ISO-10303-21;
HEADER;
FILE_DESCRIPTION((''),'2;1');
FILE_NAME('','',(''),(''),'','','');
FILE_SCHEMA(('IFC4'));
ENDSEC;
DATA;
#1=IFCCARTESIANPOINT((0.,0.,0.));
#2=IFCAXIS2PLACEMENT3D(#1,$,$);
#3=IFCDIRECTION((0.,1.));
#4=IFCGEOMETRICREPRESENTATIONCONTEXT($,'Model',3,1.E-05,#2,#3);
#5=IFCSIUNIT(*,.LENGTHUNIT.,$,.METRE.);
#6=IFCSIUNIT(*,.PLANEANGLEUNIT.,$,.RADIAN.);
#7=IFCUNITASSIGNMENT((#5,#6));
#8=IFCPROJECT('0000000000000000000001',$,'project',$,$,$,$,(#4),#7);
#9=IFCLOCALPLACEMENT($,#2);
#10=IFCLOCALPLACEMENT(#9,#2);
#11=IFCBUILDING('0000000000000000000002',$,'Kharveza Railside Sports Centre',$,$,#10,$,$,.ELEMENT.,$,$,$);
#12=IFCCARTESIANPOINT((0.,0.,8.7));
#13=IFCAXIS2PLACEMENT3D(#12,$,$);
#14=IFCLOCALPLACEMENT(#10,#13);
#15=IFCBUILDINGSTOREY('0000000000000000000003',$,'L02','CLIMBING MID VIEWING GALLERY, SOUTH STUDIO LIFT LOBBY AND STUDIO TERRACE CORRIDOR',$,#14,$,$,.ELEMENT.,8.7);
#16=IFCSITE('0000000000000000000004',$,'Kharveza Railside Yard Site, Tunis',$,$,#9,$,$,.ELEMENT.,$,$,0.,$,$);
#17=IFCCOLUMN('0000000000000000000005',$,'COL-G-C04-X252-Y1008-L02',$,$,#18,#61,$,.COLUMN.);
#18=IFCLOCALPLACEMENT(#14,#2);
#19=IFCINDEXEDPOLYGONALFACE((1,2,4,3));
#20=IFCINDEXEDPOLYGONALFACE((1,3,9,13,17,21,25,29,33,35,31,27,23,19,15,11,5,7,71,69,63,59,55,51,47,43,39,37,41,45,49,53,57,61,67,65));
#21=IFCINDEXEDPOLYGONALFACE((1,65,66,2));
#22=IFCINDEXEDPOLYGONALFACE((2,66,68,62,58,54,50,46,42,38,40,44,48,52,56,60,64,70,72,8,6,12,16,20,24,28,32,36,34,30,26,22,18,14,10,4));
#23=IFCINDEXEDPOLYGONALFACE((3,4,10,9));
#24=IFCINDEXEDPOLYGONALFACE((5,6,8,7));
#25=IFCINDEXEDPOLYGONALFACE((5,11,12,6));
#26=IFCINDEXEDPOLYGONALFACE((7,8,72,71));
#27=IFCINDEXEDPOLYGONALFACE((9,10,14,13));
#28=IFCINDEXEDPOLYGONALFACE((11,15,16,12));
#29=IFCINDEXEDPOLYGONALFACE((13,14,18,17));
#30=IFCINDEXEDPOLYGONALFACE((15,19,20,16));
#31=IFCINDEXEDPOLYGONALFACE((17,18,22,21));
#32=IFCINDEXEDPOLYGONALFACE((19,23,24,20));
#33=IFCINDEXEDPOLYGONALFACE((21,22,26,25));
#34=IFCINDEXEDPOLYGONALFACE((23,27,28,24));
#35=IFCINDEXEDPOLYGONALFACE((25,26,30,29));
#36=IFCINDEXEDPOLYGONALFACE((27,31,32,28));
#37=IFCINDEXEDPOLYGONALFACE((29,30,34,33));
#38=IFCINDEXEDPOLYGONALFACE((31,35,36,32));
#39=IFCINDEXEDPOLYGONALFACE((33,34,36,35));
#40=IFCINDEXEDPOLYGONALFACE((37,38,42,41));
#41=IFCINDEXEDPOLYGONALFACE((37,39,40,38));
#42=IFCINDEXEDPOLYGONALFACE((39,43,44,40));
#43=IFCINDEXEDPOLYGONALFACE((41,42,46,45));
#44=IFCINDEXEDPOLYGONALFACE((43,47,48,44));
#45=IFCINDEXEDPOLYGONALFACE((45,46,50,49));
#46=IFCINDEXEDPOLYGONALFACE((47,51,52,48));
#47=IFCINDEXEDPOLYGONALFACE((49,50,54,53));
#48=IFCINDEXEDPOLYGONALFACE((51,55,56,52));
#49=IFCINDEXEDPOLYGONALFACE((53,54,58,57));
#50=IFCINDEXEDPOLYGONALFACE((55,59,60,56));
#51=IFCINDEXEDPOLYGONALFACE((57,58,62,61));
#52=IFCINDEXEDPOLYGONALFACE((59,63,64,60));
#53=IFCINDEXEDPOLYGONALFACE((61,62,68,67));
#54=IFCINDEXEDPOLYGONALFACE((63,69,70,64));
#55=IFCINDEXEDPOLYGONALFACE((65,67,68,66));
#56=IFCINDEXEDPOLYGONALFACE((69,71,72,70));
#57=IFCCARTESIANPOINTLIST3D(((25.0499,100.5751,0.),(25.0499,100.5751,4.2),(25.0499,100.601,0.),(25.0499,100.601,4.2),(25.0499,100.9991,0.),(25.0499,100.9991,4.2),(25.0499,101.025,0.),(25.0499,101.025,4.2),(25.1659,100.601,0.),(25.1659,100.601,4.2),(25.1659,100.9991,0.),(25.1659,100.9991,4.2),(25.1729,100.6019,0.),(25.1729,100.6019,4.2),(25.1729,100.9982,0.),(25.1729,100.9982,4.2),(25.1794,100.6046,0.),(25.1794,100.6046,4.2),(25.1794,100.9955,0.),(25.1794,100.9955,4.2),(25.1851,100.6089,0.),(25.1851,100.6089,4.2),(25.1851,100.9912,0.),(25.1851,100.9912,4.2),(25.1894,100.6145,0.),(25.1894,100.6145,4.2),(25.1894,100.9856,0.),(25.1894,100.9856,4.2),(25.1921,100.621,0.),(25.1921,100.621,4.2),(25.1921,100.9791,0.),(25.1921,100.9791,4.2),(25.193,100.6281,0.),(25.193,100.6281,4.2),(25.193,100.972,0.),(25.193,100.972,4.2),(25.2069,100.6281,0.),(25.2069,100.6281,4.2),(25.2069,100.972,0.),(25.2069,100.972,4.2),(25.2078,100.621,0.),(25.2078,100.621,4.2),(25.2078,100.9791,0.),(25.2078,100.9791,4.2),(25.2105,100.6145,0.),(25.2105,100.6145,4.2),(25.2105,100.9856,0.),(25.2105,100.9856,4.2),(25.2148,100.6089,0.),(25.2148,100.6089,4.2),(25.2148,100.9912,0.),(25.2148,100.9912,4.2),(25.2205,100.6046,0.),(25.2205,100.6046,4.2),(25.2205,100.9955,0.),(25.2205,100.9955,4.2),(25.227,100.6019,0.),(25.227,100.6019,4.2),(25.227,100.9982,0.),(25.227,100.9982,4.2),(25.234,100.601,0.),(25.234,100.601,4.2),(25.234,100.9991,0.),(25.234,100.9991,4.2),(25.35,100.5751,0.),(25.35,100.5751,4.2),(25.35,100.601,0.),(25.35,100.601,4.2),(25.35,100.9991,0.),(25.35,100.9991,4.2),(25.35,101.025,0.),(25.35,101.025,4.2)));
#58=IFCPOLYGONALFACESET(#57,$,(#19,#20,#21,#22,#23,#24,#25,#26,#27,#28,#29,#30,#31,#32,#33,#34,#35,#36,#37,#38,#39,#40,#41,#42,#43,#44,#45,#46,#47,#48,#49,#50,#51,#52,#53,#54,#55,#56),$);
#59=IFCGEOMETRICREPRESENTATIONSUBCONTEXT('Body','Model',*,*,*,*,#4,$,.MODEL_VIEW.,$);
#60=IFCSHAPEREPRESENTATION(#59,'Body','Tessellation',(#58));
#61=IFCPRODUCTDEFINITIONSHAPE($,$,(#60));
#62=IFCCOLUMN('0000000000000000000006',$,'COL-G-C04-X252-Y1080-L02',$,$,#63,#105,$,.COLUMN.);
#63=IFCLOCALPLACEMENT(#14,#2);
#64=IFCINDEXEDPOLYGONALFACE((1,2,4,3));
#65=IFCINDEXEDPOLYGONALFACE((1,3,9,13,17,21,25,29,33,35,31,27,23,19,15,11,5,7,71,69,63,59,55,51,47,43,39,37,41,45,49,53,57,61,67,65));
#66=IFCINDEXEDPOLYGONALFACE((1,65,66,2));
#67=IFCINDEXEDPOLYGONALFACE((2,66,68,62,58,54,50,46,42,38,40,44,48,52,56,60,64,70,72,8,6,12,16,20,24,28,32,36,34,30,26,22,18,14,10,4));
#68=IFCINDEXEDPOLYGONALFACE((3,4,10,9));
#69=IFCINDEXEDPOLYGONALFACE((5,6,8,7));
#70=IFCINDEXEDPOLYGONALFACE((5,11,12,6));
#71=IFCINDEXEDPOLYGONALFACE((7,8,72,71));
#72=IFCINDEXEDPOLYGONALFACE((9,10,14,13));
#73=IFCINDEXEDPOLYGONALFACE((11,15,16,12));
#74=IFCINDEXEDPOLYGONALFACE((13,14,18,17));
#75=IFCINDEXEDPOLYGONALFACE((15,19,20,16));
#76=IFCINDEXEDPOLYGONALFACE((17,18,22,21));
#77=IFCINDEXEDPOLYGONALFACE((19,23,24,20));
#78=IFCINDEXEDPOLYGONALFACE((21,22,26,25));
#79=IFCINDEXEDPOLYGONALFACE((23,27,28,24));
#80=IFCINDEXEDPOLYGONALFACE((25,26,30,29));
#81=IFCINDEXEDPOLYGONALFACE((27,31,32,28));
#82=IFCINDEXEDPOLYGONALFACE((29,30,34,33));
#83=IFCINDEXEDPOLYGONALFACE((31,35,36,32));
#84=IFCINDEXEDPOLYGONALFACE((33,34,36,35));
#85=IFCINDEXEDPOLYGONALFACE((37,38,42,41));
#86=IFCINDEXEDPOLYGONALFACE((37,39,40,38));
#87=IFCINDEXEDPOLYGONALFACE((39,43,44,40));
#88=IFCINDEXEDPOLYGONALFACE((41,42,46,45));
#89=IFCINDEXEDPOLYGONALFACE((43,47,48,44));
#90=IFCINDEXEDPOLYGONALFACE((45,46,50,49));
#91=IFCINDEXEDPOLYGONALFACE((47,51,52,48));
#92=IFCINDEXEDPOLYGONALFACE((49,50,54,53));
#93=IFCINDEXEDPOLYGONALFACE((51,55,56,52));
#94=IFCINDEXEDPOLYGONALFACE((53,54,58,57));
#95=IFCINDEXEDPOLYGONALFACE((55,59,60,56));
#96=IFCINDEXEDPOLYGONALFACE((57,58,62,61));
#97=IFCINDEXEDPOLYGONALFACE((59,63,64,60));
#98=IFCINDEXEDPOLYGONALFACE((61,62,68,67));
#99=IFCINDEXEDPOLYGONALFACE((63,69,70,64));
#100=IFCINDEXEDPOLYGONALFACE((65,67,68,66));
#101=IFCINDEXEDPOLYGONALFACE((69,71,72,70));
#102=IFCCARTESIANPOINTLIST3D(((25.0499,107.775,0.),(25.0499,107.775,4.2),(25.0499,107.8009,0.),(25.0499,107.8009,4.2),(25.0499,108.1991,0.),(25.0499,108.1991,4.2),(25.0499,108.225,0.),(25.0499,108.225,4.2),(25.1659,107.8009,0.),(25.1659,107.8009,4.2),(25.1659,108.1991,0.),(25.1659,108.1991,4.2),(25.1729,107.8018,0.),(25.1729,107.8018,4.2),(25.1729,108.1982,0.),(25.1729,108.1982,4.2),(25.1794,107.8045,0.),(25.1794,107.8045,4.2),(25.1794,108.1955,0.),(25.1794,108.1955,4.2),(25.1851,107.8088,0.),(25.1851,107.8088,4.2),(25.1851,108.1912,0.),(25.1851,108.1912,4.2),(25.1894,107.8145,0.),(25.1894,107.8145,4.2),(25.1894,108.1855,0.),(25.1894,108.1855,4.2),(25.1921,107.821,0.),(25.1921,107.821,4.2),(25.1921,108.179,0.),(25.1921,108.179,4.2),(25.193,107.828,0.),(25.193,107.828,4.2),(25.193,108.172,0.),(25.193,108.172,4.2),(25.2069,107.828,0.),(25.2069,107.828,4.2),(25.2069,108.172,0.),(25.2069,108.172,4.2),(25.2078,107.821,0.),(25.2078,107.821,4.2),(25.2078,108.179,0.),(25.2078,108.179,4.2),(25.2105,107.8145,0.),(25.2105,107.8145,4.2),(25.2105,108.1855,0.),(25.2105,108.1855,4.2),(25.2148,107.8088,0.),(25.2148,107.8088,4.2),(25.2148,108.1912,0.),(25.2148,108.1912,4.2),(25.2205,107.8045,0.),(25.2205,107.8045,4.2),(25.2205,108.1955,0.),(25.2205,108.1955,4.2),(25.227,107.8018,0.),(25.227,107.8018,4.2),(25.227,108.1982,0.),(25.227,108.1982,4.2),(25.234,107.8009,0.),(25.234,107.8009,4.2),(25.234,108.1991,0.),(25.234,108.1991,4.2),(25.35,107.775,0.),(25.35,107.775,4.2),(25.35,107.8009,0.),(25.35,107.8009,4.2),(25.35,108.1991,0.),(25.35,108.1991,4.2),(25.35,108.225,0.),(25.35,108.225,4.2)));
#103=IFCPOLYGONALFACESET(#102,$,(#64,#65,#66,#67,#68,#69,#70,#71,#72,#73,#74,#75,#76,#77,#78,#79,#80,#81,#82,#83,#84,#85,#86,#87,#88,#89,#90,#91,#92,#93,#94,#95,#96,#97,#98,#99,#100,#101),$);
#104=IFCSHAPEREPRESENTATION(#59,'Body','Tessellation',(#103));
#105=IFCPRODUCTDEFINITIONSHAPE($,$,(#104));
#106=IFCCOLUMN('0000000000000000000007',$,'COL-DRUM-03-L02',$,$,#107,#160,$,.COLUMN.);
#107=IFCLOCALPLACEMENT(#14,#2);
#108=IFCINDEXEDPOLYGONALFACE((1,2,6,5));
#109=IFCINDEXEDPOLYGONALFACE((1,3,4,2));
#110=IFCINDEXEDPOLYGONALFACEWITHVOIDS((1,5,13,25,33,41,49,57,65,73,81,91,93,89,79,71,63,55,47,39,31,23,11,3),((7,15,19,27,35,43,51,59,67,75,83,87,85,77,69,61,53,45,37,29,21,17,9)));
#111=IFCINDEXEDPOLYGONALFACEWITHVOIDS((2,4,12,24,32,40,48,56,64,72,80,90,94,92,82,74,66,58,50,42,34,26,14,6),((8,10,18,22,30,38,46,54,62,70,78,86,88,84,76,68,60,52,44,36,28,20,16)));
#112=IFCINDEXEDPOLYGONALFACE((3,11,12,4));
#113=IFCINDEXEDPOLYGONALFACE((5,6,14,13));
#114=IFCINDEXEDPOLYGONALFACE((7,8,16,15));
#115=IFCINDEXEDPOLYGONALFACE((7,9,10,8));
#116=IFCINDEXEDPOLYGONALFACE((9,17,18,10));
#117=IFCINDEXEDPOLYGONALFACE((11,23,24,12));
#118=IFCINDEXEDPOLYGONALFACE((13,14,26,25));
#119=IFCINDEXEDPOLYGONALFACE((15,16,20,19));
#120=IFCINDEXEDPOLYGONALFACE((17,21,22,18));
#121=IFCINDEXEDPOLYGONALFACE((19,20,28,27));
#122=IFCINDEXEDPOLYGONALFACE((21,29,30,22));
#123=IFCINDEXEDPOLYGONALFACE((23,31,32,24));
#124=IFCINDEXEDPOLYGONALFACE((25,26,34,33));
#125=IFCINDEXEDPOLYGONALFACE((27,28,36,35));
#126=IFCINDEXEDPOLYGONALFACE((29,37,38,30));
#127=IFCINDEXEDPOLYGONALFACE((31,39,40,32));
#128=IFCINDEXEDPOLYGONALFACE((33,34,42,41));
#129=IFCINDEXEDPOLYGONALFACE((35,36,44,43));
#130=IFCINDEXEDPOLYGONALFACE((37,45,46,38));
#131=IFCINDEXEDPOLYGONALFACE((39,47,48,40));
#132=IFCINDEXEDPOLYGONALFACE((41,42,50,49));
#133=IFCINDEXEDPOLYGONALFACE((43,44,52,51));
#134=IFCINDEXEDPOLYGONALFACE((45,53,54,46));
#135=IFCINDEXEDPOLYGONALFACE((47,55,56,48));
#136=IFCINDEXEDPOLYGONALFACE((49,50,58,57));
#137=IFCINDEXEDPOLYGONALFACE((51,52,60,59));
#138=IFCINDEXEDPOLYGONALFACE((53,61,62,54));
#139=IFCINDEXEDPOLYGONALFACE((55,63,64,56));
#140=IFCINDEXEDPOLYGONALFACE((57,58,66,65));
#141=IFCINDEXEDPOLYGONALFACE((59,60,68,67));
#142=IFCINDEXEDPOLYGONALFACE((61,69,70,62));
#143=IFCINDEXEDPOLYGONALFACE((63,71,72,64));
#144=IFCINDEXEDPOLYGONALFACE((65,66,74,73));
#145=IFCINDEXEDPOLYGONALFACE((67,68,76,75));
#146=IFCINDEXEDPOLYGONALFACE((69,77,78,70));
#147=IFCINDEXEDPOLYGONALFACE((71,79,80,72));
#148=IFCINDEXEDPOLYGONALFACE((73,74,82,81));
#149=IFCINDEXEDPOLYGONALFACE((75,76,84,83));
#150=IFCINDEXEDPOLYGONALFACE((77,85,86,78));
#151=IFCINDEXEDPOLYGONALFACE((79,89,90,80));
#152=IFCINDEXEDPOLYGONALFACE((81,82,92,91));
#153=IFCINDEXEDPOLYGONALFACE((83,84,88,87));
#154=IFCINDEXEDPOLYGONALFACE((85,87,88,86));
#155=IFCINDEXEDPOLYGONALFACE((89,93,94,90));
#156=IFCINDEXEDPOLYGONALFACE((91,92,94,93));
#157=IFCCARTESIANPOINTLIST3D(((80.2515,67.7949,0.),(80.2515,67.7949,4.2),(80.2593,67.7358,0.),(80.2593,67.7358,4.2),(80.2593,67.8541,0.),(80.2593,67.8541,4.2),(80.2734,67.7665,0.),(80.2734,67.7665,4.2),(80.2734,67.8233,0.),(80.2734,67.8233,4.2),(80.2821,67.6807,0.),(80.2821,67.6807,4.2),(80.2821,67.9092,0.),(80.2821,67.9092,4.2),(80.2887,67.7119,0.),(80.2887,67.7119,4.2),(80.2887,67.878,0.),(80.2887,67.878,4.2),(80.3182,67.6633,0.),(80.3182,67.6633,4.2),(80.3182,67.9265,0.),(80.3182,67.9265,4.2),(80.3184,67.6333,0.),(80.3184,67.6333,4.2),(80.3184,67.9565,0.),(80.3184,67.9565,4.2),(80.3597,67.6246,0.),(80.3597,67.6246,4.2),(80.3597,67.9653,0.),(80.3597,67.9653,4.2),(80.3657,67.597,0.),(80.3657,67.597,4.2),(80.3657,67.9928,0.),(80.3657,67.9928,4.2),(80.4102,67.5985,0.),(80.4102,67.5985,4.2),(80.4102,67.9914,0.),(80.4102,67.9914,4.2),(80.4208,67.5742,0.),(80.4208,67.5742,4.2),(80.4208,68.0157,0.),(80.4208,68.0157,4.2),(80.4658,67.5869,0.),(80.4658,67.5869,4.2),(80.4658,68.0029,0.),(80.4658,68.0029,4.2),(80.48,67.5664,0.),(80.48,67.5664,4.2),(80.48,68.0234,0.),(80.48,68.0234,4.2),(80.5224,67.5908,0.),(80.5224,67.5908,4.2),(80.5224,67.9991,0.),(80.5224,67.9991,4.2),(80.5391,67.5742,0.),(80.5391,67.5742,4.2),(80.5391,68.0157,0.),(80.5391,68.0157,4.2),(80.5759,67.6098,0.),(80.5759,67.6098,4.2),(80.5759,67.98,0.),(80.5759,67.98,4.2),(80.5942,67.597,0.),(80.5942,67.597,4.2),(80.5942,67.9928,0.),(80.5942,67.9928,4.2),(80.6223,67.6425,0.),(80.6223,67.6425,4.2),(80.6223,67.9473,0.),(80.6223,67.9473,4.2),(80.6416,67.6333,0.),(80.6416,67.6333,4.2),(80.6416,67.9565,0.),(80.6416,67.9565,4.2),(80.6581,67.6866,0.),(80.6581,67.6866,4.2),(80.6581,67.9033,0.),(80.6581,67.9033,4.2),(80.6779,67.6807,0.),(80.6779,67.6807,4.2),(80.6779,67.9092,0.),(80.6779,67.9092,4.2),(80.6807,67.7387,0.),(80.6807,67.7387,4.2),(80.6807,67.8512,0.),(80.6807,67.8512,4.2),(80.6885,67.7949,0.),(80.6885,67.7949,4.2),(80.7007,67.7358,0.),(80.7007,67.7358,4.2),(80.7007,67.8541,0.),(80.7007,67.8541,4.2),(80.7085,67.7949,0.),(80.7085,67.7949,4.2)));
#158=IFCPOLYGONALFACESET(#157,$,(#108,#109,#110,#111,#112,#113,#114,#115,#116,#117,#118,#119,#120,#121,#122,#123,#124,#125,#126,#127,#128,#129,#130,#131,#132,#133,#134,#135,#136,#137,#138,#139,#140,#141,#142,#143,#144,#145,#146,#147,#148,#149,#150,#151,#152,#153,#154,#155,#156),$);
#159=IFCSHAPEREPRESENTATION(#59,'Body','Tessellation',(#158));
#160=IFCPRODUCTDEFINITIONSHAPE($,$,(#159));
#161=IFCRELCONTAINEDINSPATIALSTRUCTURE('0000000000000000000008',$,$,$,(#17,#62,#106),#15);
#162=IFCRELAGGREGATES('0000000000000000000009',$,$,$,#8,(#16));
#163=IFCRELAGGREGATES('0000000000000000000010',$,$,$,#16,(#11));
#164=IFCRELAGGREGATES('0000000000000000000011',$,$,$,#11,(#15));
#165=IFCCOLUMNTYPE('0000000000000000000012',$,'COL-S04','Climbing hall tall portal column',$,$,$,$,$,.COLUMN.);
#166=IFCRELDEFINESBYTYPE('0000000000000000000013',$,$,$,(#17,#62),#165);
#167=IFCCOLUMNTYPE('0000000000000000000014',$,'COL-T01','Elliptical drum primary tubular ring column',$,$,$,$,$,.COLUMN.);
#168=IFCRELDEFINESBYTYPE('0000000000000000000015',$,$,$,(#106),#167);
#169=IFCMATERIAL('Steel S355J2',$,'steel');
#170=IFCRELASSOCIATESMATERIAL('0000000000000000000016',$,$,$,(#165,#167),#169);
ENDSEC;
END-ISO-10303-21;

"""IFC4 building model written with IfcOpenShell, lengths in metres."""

from ifc_helpers import new_model, si_unit, direction, frame, origin, origin_2d, place, context, subcontext, project, spatial, hollow_circle, i_section, extrude, material, material_profile, profile_set, type_object, element, save


model = new_model("IFC4")

# Units and contexts
model_context = context("Model", 3, precision=1e-05, world=origin(), true_north=direction((0.0, 1.0)))
body_context = subcontext(model_context, "Body", "Model", "MODEL_VIEW")
ifc_project = project(units=[si_unit("LENGTHUNIT", "METRE"), si_unit("PLANEANGLEUNIT", "RADIAN")], contexts=[model_context])

# Site, building, storey
site_placement = place(None, origin())
site = spatial("IfcSite", under=ifc_project, at=site_placement, Name="Kharveza Railside Yard Site, Tunis", CompositionType="ELEMENT", RefElevation=0.0)
building_placement = place(site_placement, origin())
building = spatial("IfcBuilding", under=site, at=building_placement, Name="Kharveza Railside Sports Centre", CompositionType="ELEMENT")
storey_placement = place(building_placement, frame((0.0, 0.0, 8.7)))
storey = spatial("IfcBuildingStorey", under=building, at=storey_placement, Name="L02", Description="CLIMBING MID VIEWING GALLERY, SOUTH STUDIO LIFT LOBBY AND STUDIO TERRACE CORRIDOR", CompositionType="ELEMENT", Elevation=8.7)

# Columns
ifc_material_1 = material(Name="Steel S355J2", Category="steel")
ifc_material_profile_1 = material_profile(ifc_material_1, i_section(OverallWidth=0.3, OverallDepth=0.45, WebThickness=0.0139, FlangeThickness=0.0259, FilletRadius=0.0271, at=origin_2d()), Name="HEB 450")
ifc_profile_set_1 = profile_set([ifc_material_profile_1], Name="Steel S355J2")
column_type_1 = type_object("IfcColumnType", Name="COL-S04", Description="Climbing hall tall portal column", PredefinedType="COLUMN", material=ifc_profile_set_1)
for number, where, z_axis, x_axis, name in (
    (1, (25.2, 100.8, 0.0), (0.0, 0.0, 1.0), (1.0, 0.0, 0.0), "COL-G-C04-X252-Y1008-L02"),
    (2, (25.2, 108.0, 0.0), (0.0, 0.0, 1.0), (1.0, 0.0, 0.0), "COL-G-C04-X252-Y1080-L02"),
):
    element("IfcColumn", number, at=place(storey_placement, frame(where, z_axis=z_axis, x_axis=x_axis)), inside=storey, type_object=column_type_1, Name=name, PredefinedType="COLUMN", context=body_context, shape_type="SweptSolid", body=[
        extrude(i_section(OverallWidth=0.3, OverallDepth=0.45, WebThickness=0.0139, FlangeThickness=0.0259, FilletRadius=0.0271, at=origin_2d()), origin(), (0.0, 0.0, 1.0), 4.2),
    ])
ifc_material_profile_2 = material_profile(ifc_material_1, hollow_circle(Radius=0.2285, WallThickness=0.02, at=origin_2d()), Name="CHS 457.0x20.0")
ifc_profile_set_2 = profile_set([ifc_material_profile_2], Name="Steel S355J2")
column_type_2 = type_object("IfcColumnType", Name="COL-T01", Description="Elliptical drum primary tubular ring column", PredefinedType="COLUMN", material=ifc_profile_set_2)
for number, where, z_axis, x_axis, name in (
    (3, (80.48, 67.7949, 0.0), (0.0, 0.0, 1.0), (1.0, 0.0, 0.0), "COL-DRUM-03-L02"),
):
    element("IfcColumn", number, at=place(storey_placement, frame(where, z_axis=z_axis, x_axis=x_axis)), inside=storey, type_object=column_type_2, Name=name, PredefinedType="COLUMN", context=body_context, shape_type="SweptSolid", body=[
        extrude(hollow_circle(Radius=0.2285, WallThickness=0.02, at=origin_2d()), origin(), (0.0, 0.0, 1.0), 4.2),
    ])

save(model, "model.ifc")
